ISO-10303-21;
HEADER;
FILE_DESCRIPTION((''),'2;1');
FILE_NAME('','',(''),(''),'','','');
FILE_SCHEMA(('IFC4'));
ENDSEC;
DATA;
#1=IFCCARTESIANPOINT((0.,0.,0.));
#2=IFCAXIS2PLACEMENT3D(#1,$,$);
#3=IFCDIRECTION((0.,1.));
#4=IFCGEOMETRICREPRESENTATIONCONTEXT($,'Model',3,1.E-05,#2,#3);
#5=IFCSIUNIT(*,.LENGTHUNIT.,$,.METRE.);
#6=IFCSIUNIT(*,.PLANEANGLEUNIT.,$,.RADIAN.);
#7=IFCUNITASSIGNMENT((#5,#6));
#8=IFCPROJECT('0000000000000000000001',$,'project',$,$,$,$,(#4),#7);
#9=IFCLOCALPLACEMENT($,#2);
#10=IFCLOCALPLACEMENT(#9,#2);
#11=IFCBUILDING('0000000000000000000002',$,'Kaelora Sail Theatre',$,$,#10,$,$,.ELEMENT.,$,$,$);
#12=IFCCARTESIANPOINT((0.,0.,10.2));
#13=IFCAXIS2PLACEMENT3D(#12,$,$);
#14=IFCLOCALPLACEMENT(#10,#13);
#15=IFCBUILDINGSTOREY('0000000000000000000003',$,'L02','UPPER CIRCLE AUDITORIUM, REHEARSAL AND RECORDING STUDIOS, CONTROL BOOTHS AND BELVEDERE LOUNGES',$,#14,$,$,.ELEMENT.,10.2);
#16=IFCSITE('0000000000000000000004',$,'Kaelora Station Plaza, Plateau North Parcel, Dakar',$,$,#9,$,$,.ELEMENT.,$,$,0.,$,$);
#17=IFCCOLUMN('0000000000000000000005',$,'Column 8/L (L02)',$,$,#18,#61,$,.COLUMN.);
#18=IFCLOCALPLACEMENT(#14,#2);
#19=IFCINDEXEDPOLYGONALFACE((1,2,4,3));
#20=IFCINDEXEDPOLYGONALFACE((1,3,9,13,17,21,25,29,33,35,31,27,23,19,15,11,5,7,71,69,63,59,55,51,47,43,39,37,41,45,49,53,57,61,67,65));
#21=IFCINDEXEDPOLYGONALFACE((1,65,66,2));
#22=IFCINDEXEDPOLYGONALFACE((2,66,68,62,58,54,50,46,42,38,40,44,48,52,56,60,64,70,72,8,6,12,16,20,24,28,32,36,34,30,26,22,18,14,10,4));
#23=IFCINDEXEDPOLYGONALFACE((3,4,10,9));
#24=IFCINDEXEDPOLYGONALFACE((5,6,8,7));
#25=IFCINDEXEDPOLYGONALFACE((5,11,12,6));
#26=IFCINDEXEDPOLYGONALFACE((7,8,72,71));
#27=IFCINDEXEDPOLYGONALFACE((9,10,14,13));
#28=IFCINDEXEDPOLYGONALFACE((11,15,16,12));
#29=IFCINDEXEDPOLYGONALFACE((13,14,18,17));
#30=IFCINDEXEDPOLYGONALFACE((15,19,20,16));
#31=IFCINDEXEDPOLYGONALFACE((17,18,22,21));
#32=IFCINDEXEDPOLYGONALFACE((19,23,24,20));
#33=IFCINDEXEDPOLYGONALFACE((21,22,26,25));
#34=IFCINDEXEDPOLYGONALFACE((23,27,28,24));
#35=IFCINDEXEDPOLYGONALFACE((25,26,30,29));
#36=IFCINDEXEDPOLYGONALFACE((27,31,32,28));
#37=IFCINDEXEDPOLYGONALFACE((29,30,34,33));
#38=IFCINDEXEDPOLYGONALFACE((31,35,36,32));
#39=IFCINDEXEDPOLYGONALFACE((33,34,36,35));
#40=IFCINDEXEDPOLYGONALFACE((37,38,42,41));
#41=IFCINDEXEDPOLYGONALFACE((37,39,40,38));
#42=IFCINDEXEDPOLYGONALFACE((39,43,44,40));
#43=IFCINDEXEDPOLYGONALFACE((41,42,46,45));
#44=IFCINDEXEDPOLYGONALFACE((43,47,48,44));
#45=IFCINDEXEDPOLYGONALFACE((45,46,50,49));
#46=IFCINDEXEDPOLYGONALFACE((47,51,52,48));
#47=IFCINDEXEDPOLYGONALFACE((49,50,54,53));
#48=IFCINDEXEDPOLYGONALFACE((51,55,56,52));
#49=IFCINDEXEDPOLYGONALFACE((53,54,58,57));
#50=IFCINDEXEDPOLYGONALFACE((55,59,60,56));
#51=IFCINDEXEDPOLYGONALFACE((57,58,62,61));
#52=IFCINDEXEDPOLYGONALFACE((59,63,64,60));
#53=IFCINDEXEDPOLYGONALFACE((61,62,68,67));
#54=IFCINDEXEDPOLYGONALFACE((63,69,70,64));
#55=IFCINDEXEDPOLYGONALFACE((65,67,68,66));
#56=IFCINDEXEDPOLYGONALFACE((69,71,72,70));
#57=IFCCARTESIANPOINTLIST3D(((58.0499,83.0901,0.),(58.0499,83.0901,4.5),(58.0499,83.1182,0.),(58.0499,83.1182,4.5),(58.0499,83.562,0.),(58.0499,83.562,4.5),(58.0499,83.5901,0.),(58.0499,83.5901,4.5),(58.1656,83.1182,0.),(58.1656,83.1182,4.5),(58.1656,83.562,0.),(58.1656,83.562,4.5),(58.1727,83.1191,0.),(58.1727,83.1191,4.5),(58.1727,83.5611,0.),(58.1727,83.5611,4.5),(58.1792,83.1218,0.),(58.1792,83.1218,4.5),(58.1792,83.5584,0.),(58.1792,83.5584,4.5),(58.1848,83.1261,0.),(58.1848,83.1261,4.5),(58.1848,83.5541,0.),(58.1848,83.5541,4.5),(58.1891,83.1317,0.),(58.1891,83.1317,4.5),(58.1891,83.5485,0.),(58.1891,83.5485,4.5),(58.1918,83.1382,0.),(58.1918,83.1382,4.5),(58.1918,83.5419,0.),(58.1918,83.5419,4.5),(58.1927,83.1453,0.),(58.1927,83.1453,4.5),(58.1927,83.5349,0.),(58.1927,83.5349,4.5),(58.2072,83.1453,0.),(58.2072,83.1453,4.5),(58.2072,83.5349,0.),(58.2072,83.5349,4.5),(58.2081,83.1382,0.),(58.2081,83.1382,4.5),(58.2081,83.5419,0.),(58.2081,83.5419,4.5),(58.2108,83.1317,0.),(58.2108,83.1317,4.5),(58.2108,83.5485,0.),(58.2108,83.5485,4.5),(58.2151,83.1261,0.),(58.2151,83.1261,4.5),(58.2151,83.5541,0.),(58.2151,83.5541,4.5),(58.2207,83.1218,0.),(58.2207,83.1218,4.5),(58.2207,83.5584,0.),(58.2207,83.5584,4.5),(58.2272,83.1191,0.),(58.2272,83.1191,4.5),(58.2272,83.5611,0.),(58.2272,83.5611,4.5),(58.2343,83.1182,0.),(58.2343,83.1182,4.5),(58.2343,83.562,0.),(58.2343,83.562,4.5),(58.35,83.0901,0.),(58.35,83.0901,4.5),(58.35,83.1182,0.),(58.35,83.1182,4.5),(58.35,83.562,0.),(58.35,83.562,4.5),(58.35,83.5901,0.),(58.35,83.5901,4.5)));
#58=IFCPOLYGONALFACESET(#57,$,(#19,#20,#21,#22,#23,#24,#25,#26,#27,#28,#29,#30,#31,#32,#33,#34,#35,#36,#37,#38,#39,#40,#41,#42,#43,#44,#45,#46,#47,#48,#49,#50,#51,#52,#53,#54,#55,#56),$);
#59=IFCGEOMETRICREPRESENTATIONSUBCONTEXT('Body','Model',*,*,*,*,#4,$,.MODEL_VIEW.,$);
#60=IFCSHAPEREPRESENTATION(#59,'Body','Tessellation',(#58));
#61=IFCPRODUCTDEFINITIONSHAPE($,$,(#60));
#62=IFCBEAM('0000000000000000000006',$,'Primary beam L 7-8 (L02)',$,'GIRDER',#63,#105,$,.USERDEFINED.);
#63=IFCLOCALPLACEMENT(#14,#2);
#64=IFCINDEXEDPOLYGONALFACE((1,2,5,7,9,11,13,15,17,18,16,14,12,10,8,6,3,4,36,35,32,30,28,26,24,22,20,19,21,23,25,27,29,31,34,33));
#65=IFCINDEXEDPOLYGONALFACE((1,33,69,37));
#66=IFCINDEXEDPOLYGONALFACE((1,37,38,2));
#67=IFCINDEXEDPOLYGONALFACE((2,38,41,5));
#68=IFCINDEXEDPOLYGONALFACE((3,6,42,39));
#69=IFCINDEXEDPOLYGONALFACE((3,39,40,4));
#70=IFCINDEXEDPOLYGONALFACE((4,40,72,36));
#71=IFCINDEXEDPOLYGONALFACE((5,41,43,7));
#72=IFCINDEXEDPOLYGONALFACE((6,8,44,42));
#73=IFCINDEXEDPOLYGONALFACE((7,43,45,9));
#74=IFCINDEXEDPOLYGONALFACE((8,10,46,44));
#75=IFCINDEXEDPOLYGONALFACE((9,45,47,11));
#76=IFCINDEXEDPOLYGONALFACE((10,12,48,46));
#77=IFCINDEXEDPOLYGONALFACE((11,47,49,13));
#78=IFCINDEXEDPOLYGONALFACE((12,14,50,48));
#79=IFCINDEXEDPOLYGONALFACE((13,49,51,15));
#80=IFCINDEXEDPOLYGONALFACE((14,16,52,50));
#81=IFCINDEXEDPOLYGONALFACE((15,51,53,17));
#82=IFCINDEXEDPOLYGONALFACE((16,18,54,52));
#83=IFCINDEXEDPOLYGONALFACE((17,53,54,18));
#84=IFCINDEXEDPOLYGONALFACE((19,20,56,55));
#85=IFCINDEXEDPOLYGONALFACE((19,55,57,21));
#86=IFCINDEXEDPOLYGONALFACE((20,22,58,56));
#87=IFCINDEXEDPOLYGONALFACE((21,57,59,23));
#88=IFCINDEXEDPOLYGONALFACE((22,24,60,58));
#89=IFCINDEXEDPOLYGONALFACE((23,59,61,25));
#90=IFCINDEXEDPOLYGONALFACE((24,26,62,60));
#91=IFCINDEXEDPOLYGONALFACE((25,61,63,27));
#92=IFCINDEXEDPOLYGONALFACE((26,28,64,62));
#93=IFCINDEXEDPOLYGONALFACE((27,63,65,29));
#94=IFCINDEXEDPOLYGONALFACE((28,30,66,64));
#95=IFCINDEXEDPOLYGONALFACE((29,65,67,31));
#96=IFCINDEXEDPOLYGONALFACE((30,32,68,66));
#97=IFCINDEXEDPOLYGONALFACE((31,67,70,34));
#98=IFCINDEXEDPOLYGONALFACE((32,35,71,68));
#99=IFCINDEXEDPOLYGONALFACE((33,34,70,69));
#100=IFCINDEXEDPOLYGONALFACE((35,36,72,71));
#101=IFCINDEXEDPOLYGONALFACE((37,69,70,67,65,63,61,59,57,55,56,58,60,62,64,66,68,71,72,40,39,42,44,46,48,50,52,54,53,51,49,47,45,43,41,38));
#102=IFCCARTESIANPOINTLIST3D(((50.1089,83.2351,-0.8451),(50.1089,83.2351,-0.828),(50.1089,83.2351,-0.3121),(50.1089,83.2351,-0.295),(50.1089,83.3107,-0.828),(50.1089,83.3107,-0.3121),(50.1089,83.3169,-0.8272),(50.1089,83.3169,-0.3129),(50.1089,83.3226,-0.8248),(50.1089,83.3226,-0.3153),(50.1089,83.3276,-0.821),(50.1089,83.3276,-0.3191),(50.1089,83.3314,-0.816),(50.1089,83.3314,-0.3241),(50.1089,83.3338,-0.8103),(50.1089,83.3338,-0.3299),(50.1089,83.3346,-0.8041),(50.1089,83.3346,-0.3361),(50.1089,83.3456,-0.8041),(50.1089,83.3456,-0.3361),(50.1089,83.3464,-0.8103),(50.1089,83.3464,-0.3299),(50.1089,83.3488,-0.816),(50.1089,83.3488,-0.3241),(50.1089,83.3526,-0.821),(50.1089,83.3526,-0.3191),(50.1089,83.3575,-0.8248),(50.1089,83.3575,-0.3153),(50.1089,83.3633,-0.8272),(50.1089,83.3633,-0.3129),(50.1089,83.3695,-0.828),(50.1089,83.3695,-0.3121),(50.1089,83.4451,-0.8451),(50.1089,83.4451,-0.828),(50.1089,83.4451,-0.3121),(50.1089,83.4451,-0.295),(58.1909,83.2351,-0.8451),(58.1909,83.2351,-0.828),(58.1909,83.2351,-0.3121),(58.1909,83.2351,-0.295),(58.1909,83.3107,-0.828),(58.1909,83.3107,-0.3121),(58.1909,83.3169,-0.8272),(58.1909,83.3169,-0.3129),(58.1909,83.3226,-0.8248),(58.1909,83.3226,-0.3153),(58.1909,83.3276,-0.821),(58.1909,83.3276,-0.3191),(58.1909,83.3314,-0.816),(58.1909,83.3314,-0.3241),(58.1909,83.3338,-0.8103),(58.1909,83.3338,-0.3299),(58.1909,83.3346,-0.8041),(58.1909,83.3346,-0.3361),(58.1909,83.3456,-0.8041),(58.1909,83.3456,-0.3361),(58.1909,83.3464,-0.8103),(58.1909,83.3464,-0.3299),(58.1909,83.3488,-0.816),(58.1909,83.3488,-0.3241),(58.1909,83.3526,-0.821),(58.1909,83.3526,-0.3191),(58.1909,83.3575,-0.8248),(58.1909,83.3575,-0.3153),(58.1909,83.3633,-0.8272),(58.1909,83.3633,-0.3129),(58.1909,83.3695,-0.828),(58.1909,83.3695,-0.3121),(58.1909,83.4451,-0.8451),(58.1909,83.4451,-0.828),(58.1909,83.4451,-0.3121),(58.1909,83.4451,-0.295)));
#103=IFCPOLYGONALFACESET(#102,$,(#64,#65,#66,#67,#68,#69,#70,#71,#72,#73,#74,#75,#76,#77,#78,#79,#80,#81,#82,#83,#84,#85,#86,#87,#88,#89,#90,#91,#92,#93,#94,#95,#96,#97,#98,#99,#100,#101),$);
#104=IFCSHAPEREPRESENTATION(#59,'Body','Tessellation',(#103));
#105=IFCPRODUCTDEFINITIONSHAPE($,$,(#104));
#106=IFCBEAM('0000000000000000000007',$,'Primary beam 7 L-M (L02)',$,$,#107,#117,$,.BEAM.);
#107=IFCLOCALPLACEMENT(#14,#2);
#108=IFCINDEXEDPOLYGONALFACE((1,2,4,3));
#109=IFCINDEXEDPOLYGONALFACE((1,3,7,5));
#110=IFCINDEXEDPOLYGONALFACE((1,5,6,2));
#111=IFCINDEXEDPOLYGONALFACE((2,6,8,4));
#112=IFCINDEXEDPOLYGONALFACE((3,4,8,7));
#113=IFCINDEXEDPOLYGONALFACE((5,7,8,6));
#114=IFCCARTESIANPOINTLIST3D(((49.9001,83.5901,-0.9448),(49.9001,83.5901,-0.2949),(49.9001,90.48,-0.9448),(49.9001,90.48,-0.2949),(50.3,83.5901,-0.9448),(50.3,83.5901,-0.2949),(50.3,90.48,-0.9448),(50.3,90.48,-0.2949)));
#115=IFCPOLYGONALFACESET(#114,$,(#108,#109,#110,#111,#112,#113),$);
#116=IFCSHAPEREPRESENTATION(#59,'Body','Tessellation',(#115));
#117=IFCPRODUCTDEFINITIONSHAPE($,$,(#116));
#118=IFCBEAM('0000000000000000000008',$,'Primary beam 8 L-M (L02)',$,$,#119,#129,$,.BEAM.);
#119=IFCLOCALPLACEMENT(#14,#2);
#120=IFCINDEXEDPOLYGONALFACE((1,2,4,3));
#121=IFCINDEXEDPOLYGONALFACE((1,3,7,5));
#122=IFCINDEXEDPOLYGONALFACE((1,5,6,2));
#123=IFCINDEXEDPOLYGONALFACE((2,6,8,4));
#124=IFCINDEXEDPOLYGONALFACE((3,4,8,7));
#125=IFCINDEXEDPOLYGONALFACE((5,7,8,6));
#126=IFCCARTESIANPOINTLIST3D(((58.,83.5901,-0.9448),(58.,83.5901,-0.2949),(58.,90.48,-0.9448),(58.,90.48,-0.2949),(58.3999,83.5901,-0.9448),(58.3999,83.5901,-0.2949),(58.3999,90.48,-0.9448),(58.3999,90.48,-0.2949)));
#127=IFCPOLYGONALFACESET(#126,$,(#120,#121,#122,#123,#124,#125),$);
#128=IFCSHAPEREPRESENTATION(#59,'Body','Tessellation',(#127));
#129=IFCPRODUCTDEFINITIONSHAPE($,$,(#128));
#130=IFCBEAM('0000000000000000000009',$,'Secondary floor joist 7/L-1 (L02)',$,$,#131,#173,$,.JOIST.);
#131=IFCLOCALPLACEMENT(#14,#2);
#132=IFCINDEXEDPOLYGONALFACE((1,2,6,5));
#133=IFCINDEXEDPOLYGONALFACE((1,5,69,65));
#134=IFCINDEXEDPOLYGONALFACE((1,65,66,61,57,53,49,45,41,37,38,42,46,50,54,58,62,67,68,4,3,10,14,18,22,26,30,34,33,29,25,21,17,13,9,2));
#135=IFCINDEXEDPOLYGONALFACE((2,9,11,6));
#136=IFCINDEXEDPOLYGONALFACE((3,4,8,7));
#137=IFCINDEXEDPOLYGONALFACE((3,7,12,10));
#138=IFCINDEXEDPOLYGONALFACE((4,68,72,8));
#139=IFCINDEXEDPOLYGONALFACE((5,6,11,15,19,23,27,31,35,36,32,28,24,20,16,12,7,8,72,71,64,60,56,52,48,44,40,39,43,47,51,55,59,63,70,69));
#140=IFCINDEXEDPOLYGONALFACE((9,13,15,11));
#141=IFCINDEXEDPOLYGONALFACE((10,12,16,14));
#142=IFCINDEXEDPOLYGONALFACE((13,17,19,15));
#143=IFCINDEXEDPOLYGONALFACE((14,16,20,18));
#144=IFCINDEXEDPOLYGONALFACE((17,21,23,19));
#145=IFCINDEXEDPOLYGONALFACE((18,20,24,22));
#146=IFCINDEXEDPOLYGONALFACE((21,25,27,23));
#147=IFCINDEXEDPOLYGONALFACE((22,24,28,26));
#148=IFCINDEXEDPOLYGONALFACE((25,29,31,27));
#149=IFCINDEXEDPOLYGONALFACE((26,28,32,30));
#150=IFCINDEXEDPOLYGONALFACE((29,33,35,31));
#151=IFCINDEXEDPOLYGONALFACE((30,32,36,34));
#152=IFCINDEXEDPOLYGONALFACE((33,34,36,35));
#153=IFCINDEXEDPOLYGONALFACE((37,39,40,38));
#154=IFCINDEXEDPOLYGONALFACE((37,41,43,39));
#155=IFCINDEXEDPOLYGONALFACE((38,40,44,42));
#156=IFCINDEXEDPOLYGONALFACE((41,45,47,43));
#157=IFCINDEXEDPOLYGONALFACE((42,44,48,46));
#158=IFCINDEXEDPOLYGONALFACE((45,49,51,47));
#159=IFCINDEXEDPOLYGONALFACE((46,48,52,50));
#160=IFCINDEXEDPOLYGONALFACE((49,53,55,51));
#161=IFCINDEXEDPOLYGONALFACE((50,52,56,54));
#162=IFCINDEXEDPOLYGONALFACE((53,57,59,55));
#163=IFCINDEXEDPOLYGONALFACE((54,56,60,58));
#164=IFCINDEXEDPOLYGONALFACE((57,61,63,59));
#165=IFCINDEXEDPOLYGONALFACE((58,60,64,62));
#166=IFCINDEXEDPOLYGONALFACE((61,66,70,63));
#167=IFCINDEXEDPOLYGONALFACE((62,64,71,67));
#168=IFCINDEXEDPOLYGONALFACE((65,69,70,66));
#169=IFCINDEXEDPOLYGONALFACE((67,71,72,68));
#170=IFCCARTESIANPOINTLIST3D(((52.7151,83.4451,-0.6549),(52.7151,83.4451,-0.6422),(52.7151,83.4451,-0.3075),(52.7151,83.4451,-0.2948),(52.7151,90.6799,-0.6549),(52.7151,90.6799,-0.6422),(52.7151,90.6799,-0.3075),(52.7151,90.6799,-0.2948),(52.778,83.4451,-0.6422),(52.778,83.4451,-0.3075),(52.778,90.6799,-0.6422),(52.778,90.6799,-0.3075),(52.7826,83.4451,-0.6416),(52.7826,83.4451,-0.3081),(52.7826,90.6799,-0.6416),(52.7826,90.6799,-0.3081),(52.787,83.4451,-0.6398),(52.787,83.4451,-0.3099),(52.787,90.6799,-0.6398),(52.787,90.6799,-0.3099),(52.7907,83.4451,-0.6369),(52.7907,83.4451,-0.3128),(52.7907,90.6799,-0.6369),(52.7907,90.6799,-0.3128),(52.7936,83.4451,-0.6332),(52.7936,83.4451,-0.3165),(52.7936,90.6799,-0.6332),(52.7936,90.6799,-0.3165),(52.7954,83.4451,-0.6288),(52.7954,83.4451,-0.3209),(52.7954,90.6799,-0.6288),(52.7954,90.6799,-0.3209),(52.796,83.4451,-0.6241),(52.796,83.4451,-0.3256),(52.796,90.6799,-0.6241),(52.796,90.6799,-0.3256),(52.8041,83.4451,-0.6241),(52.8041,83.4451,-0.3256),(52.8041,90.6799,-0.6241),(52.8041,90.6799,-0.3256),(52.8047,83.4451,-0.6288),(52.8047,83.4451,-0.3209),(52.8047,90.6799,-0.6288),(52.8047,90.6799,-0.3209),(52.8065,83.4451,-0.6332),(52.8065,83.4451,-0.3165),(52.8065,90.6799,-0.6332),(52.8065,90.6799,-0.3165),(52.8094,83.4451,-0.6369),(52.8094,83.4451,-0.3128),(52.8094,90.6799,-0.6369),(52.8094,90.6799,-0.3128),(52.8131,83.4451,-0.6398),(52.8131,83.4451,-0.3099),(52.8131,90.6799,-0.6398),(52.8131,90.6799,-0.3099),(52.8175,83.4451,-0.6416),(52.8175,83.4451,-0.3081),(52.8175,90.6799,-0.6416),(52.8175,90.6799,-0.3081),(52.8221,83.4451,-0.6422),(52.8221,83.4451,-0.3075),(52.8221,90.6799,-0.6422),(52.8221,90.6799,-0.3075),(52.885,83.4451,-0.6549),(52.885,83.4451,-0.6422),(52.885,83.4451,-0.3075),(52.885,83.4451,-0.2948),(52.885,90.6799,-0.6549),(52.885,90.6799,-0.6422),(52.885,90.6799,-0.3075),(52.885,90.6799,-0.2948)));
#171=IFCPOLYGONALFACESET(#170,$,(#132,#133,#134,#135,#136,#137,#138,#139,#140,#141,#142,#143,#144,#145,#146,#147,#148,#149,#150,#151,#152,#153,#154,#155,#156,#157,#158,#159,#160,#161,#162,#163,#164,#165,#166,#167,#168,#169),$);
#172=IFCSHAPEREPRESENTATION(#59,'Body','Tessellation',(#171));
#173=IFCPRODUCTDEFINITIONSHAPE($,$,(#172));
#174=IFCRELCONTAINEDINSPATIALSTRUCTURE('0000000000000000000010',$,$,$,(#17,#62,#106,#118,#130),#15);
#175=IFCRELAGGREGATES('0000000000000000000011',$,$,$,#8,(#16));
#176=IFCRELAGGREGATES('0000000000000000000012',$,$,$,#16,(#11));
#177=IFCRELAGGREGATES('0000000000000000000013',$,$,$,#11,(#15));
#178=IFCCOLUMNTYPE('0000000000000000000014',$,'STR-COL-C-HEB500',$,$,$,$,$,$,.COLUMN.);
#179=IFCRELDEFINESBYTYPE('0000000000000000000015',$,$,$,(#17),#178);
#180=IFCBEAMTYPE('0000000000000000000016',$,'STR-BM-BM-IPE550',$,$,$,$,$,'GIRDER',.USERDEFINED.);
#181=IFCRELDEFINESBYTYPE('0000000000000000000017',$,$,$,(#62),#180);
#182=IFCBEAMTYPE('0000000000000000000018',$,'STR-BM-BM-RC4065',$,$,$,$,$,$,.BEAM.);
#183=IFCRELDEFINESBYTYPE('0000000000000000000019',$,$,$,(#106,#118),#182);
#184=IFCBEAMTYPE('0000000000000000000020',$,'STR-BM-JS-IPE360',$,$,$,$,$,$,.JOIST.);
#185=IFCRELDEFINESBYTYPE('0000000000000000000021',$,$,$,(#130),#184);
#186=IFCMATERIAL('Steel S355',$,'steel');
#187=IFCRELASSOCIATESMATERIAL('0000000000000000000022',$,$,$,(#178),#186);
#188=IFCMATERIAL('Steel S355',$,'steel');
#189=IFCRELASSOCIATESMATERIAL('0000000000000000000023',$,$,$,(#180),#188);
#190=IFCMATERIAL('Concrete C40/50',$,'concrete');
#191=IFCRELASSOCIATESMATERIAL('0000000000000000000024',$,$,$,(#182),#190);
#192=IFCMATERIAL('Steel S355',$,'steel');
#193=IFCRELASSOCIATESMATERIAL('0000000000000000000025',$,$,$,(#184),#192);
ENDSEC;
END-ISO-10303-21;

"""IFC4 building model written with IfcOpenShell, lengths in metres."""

from ifc_helpers import new_model, si_unit, direction, frame, origin, origin_2d, place, context, subcontext, project, spatial, rectangle, i_section, extrude, material, material_profile, profile_set, type_object, element, save


model = new_model("IFC4")

# Units and contexts
model_context = context("Model", 3, precision=1e-05, world=origin(), true_north=direction((0.0, 1.0)))
body_context = subcontext(model_context, "Body", "Model", "MODEL_VIEW")
ifc_project = project(units=[si_unit("LENGTHUNIT", "METRE"), si_unit("PLANEANGLEUNIT", "RADIAN")], contexts=[model_context])

# Site, building, storey
site_placement = place(None, origin())
site = spatial("IfcSite", under=ifc_project, at=site_placement, Name="Kaelora Station Plaza, Plateau North Parcel, Dakar", CompositionType="ELEMENT", RefElevation=0.0)
building_placement = place(site_placement, origin())
building = spatial("IfcBuilding", under=site, at=building_placement, Name="Kaelora Sail Theatre", CompositionType="ELEMENT")
storey_placement = place(building_placement, frame((0.0, 0.0, 10.2)))
storey = spatial("IfcBuildingStorey", under=building, at=storey_placement, Name="L02", Description="UPPER CIRCLE AUDITORIUM, REHEARSAL AND RECORDING STUDIOS, CONTROL BOOTHS AND BELVEDERE LOUNGES", CompositionType="ELEMENT", Elevation=10.2)

# Column
ifc_material_1 = material(Name="Steel S355", Category="steel")
ifc_material_profile_1 = material_profile(ifc_material_1, i_section(OverallWidth=0.3, OverallDepth=0.5, WebThickness=0.0144, FlangeThickness=0.0281, FilletRadius=0.0271, at=origin_2d()), Name="HEB 500")
ifc_profile_set_1 = profile_set([ifc_material_profile_1], Name="Steel S355")
column_type = type_object("IfcColumnType", Name="STR-COL-C-HEB500", PredefinedType="COLUMN", material=ifc_profile_set_1)
column_placement = place(storey_placement, frame((58.2, 83.3401, 0.0), z_axis=(0.0, 0.0, 1.0), x_axis=(1.0, 0.0, 0.0)))
element("IfcColumn", 1, at=column_placement, inside=storey, type_object=column_type, Name="Column 8/L (L02)", PredefinedType="COLUMN", context=body_context, shape_type="SweptSolid", body=[
    extrude(i_section(OverallWidth=0.3, OverallDepth=0.5, WebThickness=0.0144, FlangeThickness=0.0281, FilletRadius=0.0271, at=origin_2d()), origin(), (0.0, 0.0, 1.0), 4.5),
])

# Beams
ifc_material_2 = material(Name="Steel S355", Category="steel")
ifc_material_profile_2 = material_profile(ifc_material_2, i_section(OverallWidth=0.21, OverallDepth=0.55, WebThickness=0.011, FlangeThickness=0.0171, FilletRadius=0.0239, at=origin_2d()), Name="IPE 550")
ifc_profile_set_2 = profile_set([ifc_material_profile_2], Name="Steel S355")
beam_type_1 = type_object("IfcBeamType", Name="STR-BM-BM-IPE550", ElementType="GIRDER", PredefinedType="USERDEFINED", material=ifc_profile_set_2)
beam_1_placement = place(storey_placement, frame((50.1089, 83.3401, -0.5701), z_axis=(1.0, 0.0, 0.0), x_axis=(0.0, 1.0, 0.0)))
element("IfcBeam", 2, at=beam_1_placement, inside=storey, type_object=beam_type_1, Name="Primary beam L 7-8 (L02)", ObjectType="GIRDER", PredefinedType="USERDEFINED", context=body_context, shape_type="SweptSolid", body=[
    extrude(i_section(OverallWidth=0.21, OverallDepth=0.55, WebThickness=0.011, FlangeThickness=0.0171, FilletRadius=0.0239, at=origin_2d()), origin(), (0.0, 0.0, 1.0), 8.082),
])
ifc_material_3 = material(Name="Concrete C40/50", Category="concrete")
ifc_material_profile_3 = material_profile(ifc_material_3, rectangle(XDim=0.3999, YDim=0.6499, at=origin_2d()), Name="RC-BM 400x650")
ifc_profile_set_3 = profile_set([ifc_material_profile_3], Name="Concrete C40/50")
beam_type_2 = type_object("IfcBeamType", Name="STR-BM-BM-RC4065", PredefinedType="BEAM", material=ifc_profile_set_3)
for number, where, z_axis, x_axis, name in (
    (3, (50.1001, 83.5901, -0.6199), (0.0, 1.0, 0.0), (-1.0, 0.0, 0.0), "Primary beam 7 L-M (L02)"),
    (4, (58.2, 83.5901, -0.6199), (0.0, 1.0, 0.0), (-1.0, 0.0, 0.0), "Primary beam 8 L-M (L02)"),
):
    element("IfcBeam", number, at=place(storey_placement, frame(where, z_axis=z_axis, x_axis=x_axis)), inside=storey, type_object=beam_type_2, Name=name, PredefinedType="BEAM", context=body_context, shape_type="SweptSolid", body=[
        extrude(rectangle(XDim=0.3999, YDim=0.6499, at=origin_2d()), origin(), (0.0, 0.0, 1.0), 6.8899),
    ])
ifc_material_4 = material(Name="Steel S355", Category="steel")
ifc_material_profile_4 = material_profile(ifc_material_4, i_section(OverallWidth=0.1699, OverallDepth=0.3601, WebThickness=0.0081, FlangeThickness=0.0127, FilletRadius=0.0181, at=origin_2d()), Name="IPE 360")
ifc_profile_set_4 = profile_set([ifc_material_profile_4], Name="Steel S355")
beam_type_3 = type_object("IfcBeamType", Name="STR-BM-JS-IPE360", PredefinedType="JOIST", material=ifc_profile_set_4)
beam_2_placement = place(storey_placement, frame((52.8, 83.4451, -0.4749), z_axis=(0.0, 1.0, 0.0), x_axis=(-1.0, 0.0, 0.0)))
element("IfcBeam", 5, at=beam_2_placement, inside=storey, type_object=beam_type_3, Name="Secondary floor joist 7/L-1 (L02)", PredefinedType="JOIST", context=body_context, shape_type="SweptSolid", body=[
    extrude(i_section(OverallWidth=0.1699, OverallDepth=0.3601, WebThickness=0.0081, FlangeThickness=0.0127, FilletRadius=0.0181, at=origin_2d()), origin(), (0.0, 0.0, 1.0), 7.2349),
])

save(model, "model.ifc")
